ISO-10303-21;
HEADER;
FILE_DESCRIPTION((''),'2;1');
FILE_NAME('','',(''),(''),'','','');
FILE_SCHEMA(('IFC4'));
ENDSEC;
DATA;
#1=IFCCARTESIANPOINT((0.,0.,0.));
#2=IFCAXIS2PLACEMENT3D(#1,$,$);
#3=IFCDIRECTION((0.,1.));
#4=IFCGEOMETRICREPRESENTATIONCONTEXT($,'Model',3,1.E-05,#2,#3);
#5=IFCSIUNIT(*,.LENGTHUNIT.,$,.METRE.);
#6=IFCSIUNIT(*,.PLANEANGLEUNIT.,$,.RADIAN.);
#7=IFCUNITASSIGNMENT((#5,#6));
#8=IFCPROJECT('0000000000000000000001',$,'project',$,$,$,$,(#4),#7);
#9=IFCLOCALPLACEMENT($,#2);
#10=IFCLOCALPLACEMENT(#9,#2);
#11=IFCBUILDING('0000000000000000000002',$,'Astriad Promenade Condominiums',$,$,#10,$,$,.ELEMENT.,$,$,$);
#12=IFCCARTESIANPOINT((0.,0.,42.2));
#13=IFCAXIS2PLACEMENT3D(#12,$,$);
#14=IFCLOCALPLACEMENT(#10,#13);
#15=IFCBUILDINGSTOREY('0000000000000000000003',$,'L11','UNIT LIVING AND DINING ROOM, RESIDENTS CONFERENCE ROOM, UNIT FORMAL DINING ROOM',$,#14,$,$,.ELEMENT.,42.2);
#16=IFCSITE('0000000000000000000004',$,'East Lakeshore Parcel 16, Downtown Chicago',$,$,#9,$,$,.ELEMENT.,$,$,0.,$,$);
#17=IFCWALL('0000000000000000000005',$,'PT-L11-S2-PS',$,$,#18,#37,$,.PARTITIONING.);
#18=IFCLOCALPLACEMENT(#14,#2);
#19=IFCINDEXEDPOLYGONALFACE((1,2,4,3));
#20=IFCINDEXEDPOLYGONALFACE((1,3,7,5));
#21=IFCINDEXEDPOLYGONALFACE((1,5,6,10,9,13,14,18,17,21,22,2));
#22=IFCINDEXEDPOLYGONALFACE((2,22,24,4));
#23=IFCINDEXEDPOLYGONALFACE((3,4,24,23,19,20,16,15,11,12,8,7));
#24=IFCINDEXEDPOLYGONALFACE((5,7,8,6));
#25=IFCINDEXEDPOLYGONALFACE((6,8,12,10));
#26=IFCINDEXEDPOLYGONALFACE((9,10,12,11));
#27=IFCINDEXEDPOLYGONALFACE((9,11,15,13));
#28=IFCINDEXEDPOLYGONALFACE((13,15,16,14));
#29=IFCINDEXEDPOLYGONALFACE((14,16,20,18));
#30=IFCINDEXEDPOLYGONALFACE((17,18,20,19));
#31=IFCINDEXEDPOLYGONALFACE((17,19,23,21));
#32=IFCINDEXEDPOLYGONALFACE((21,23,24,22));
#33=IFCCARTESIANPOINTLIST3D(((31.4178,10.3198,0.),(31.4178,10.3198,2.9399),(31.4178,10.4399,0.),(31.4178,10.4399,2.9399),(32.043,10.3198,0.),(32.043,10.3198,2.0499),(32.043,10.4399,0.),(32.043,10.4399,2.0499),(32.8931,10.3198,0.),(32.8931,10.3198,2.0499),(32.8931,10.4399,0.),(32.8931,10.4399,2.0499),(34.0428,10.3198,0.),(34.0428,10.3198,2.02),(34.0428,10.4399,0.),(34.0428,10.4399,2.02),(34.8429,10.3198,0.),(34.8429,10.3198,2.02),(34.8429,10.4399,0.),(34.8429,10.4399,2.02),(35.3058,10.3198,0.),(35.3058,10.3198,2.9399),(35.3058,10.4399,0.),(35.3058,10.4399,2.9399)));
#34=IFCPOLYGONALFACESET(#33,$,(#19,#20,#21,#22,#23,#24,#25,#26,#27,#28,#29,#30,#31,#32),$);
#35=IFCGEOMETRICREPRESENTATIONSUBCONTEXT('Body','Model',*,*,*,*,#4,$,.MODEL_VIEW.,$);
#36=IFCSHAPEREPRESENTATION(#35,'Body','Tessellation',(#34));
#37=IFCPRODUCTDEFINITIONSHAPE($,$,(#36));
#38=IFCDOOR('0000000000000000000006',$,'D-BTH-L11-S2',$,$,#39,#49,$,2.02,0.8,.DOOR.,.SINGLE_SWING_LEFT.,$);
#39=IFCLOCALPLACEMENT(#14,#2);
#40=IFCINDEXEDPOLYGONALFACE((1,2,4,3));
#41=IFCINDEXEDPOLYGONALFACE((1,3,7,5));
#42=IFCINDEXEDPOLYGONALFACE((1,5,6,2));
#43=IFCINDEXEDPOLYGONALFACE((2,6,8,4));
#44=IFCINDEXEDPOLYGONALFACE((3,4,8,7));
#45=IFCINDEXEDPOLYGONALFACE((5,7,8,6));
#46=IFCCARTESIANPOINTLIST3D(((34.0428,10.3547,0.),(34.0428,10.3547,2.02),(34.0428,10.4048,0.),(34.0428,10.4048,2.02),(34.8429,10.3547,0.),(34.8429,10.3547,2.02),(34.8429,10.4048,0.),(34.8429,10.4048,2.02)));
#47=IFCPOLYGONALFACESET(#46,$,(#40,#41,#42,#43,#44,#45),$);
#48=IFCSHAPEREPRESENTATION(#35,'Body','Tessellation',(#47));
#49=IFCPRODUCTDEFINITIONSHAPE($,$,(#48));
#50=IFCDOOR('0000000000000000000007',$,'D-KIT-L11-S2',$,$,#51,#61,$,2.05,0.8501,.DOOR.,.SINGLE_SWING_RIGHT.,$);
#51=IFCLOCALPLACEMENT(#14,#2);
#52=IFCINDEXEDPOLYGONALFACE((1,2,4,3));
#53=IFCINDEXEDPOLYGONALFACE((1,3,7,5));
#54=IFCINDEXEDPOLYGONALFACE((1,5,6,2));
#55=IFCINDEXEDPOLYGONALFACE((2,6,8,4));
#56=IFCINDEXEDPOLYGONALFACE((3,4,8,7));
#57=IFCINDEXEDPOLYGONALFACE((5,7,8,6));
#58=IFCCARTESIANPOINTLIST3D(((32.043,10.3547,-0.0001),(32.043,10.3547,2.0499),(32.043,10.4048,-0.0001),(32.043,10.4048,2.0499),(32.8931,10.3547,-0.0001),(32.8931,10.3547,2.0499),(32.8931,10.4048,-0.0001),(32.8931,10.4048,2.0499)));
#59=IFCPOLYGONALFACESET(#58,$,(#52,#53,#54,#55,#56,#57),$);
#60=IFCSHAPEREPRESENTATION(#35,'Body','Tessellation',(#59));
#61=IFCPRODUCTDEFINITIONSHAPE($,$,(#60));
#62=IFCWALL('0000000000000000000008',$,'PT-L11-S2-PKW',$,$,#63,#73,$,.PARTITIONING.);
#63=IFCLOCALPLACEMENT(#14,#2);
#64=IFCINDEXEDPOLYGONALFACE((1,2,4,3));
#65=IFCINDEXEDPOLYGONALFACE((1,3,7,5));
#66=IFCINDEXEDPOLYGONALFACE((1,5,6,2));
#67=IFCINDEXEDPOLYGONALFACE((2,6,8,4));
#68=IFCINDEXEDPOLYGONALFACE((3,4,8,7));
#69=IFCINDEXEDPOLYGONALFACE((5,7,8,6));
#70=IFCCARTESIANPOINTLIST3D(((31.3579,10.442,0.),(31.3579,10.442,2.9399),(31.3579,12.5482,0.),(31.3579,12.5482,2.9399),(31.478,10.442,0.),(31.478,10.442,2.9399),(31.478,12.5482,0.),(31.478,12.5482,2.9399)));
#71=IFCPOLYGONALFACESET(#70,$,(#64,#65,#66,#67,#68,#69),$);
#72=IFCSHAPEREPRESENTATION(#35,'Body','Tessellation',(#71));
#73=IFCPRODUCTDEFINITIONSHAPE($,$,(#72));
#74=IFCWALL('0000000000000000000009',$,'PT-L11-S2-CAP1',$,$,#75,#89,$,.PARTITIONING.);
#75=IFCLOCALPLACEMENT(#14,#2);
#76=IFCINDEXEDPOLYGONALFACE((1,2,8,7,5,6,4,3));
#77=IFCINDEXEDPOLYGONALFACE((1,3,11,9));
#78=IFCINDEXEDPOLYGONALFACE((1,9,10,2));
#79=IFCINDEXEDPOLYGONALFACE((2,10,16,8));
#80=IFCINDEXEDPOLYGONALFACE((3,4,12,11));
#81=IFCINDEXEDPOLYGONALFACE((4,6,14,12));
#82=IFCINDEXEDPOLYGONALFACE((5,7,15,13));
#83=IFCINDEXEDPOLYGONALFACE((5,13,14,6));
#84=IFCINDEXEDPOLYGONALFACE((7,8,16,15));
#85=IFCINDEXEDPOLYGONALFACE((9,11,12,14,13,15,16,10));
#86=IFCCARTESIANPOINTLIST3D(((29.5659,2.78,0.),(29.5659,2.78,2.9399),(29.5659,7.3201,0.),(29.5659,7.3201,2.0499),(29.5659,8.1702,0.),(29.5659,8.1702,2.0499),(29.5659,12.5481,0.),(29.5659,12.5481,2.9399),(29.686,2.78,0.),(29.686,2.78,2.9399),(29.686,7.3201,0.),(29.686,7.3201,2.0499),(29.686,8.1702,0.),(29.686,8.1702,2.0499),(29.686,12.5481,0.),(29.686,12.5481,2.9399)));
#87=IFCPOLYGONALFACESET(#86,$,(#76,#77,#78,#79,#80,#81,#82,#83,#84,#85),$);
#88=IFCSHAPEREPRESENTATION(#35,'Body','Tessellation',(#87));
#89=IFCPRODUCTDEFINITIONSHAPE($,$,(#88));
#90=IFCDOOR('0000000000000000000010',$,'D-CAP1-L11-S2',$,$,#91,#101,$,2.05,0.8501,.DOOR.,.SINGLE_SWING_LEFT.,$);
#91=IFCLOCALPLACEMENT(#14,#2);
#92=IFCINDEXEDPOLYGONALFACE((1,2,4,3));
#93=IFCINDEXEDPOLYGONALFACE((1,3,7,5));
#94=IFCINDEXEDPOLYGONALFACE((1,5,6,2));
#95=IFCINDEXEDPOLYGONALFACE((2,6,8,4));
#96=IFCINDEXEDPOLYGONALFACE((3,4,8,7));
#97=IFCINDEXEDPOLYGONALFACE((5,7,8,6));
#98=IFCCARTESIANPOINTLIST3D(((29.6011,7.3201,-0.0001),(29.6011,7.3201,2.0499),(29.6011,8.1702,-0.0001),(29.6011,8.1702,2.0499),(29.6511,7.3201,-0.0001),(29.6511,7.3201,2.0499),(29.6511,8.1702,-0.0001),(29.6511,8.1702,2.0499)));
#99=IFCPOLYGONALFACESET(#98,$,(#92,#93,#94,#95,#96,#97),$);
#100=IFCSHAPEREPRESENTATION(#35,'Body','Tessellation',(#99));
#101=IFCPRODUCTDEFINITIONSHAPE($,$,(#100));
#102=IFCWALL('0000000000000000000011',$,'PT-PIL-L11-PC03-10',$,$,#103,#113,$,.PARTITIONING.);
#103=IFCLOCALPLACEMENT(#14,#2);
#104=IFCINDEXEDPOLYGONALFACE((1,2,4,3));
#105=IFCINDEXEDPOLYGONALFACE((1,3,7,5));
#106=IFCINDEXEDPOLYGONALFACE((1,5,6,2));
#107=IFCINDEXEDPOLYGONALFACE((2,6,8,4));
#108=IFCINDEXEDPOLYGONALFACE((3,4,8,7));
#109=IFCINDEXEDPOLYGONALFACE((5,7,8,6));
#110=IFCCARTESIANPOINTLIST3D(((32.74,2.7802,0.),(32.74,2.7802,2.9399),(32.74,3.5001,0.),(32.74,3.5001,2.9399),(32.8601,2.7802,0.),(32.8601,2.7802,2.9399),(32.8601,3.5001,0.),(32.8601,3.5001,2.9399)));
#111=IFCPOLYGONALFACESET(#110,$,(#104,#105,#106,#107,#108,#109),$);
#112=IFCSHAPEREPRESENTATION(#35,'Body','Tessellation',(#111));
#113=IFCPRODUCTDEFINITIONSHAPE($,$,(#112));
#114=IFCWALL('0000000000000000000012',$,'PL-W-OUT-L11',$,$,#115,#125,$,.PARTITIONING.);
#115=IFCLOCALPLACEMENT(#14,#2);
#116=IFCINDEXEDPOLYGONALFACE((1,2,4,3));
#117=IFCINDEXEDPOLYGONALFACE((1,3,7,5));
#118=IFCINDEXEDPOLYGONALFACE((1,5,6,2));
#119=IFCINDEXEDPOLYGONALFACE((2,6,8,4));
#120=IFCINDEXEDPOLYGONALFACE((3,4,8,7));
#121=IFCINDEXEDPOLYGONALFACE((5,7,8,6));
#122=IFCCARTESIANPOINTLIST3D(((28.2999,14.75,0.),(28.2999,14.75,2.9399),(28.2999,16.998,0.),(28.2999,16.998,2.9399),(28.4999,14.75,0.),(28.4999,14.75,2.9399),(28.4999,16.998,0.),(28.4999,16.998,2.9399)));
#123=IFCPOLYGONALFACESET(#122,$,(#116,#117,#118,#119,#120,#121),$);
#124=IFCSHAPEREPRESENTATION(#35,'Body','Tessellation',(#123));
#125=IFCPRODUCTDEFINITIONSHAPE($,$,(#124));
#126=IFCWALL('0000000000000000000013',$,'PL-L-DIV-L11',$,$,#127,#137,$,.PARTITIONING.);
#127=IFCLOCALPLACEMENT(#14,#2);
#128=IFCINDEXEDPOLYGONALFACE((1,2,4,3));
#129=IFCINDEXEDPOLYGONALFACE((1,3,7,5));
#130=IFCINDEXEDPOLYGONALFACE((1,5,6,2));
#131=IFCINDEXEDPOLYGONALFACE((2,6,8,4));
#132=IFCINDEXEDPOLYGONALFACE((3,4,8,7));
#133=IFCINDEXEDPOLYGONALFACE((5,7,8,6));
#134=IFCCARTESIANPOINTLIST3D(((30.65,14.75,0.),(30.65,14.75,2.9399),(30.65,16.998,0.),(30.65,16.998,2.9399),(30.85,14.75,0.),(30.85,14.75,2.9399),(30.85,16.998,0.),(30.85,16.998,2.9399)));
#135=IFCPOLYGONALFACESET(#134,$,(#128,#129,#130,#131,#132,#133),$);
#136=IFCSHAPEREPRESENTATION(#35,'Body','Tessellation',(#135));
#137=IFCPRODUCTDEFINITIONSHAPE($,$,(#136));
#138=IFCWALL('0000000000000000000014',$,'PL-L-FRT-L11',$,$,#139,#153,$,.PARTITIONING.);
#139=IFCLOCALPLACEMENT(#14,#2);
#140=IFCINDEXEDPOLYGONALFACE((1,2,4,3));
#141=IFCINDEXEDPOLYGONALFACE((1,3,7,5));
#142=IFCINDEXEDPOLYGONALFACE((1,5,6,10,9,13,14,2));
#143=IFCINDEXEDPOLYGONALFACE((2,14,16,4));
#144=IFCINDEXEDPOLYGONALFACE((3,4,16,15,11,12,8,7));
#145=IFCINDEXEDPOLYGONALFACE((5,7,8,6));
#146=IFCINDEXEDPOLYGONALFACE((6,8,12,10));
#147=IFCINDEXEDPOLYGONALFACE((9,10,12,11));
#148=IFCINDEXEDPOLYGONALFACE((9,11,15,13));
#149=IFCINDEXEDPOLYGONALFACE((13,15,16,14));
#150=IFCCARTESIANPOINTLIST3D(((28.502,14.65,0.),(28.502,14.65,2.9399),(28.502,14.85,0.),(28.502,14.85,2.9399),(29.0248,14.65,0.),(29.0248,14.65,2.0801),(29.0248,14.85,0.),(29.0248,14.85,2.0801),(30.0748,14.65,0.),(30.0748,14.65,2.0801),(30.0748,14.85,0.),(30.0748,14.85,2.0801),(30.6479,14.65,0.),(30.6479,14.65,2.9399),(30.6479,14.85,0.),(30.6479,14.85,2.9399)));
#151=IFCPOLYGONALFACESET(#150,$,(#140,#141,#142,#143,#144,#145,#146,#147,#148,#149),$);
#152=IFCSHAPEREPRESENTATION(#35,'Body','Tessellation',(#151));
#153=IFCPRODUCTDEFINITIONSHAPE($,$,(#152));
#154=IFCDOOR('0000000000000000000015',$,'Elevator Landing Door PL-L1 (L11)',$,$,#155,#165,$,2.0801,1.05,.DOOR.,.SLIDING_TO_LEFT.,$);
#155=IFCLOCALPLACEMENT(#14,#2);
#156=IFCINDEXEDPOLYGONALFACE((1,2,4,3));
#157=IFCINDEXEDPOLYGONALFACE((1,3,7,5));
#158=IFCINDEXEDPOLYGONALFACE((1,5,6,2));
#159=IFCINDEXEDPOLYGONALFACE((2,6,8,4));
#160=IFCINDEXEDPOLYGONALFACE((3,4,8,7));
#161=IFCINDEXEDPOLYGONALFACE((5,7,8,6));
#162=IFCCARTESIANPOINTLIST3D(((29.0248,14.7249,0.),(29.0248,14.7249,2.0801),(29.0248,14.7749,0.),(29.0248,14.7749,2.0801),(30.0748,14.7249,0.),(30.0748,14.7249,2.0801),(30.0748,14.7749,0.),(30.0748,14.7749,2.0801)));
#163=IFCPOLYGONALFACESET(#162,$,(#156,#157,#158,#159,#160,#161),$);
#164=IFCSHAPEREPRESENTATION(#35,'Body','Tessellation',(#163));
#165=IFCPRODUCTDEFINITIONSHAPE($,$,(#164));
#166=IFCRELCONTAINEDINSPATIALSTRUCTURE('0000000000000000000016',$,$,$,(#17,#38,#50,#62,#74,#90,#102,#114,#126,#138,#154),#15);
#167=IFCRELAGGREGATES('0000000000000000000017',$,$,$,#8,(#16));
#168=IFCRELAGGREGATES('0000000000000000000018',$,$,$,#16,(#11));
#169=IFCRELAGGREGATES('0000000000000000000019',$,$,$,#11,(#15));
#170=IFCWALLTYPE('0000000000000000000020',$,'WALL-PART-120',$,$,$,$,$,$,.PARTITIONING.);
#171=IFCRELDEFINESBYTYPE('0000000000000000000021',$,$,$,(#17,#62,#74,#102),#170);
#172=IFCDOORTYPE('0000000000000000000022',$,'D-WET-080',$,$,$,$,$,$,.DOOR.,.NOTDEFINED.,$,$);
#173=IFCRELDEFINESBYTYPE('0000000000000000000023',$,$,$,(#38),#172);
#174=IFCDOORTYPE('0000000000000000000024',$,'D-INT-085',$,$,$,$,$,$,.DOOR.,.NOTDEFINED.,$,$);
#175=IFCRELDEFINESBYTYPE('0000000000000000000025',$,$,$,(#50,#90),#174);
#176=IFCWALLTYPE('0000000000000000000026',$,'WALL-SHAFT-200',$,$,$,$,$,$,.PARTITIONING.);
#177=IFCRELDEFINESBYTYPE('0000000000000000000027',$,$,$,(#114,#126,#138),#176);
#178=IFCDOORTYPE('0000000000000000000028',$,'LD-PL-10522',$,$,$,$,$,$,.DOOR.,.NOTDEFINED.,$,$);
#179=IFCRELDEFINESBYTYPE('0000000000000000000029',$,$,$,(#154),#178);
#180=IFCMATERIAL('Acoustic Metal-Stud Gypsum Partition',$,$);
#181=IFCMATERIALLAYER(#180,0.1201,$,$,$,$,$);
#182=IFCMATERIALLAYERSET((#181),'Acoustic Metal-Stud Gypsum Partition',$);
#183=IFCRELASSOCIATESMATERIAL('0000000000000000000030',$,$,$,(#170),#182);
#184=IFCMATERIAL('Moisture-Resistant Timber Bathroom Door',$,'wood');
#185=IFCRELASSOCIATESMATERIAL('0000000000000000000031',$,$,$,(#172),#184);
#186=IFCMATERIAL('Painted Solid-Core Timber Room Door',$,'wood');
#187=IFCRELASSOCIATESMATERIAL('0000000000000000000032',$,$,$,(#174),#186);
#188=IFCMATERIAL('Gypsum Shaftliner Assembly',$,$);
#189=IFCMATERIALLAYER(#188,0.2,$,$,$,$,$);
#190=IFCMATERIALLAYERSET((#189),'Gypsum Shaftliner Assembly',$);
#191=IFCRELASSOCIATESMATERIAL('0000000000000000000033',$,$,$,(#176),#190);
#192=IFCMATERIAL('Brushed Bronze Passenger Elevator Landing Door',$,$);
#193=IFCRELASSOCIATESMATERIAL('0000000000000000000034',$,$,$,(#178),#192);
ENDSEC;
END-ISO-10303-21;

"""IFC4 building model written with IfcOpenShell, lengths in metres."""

from ifc_helpers import new_model, si_unit, direction, frame, frame_2d, origin, place, context, subcontext, project, spatial, rectangle, extrude, source, transform, mapped, material, layer, layer_set, type_object, type_shapes, element, fill, save


model = new_model("IFC4")

# Units and contexts
model_context = context("Model", 3, precision=1e-05, world=origin(), true_north=direction((0.0, 1.0)))
body_context = subcontext(model_context, "Body", "Model", "MODEL_VIEW")
ifc_project = project(units=[si_unit("LENGTHUNIT", "METRE"), si_unit("PLANEANGLEUNIT", "RADIAN")], contexts=[model_context])

# Site, building, storey
site_placement = place(None, origin())
site = spatial("IfcSite", under=ifc_project, at=site_placement, Name="East Lakeshore Parcel 16, Downtown Chicago", CompositionType="ELEMENT", RefElevation=0.0)
building_placement = place(site_placement, origin())
building = spatial("IfcBuilding", under=site, at=building_placement, Name="Astriad Promenade Condominiums", CompositionType="ELEMENT")
storey_placement = place(building_placement, frame((0.0, 0.0, 42.2)))
storey = spatial("IfcBuildingStorey", under=building, at=storey_placement, Name="L11", Description="UNIT LIVING AND DINING ROOM, RESIDENTS CONFERENCE ROOM, UNIT FORMAL DINING ROOM", CompositionType="ELEMENT", Elevation=42.2)

# Wall, openings, doors
ifc_material_1 = material(Name="Acoustic Metal-Stud Gypsum Partition")
ifc_layer_1 = layer(ifc_material_1, 0.1201)
ifc_layer_set_1 = layer_set([ifc_layer_1], Name="Acoustic Metal-Stud Gypsum Partition")
wall_type_1 = type_object("IfcWallType", Name="WALL-PART-120", PredefinedType="PARTITIONING", material=ifc_layer_set_1)
wall_1_placement = place(storey_placement, frame((31.418, 10.3799, 0.0), z_axis=(0.0, 0.0, 1.0), x_axis=(1.0, 0.0, 0.0)))
wall_1 = element("IfcWall", 1, at=wall_1_placement, inside=storey, type_object=wall_type_1, Name="PT-L11-S2-PS", PredefinedType="PARTITIONING", context=body_context, shape_type="SweptSolid", body=[
    extrude(rectangle(XDim=3.8879, YDim=0.1201, at=frame_2d((1.9438, 0.0))), origin(), (0.0, 0.0, 1.0), 2.9399),
])
opening_1_placement = place(wall_1_placement, frame((0.625, 0.0, 0.0)))
opening_1 = element("IfcOpeningElement", 2, at=opening_1_placement, cuts=wall_1, PredefinedType="OPENING", context=body_context, shape_type="SweptSolid", body=[
    extrude(rectangle(XDim=0.8501, YDim=2.05, at=frame_2d((0.425, 1.0249))), frame((0.0, 0.0701, 0.0), z_axis=(0.0, -1.0, 0.0), x_axis=(1.0, 0.0, 0.0)), (0.0, 0.0, 1.0), 0.1401),
])
opening_2_placement = place(wall_1_placement, frame((2.625, 0.0, 0.0)))
opening_2 = element("IfcOpeningElement", 3, at=opening_2_placement, cuts=wall_1, PredefinedType="OPENING", context=body_context, shape_type="SweptSolid", body=[
    extrude(rectangle(XDim=0.8, YDim=2.02, at=frame_2d((0.3999, 1.01))), frame((0.0, 0.0701, 0.0), z_axis=(0.0, -1.0, 0.0), x_axis=(1.0, 0.0, 0.0)), (0.0, 0.0, 1.0), 0.1401),
])
ifc_material_2 = material(Name="Moisture-Resistant Timber Bathroom Door", Category="wood")
door_type_1 = type_object("IfcDoorType", Name="D-WET-080", OperationType="NOTDEFINED", PredefinedType="DOOR", material=ifc_material_2)
shared_shape_1 = source(origin(), body_context, "Body", "SweptSolid", [
    extrude(rectangle(XDim=0.8, YDim=2.02, at=frame_2d((0.3999, 1.01))), frame((0.0, 0.0249, 0.0), z_axis=(0.0, -1.0, 0.0), x_axis=(1.0, 0.0, 0.0)), (0.0, 0.0, 1.0), 0.05),
])
type_shapes(door_type_1, [shared_shape_1])
door_1_placement = place(opening_2_placement, origin())
door_1 = element("IfcDoor", 4, at=door_1_placement, inside=storey, type_object=door_type_1, Name="D-BTH-L11-S2", OperationType="SINGLE_SWING_LEFT", OverallHeight=2.02, OverallWidth=0.8, PredefinedType="DOOR", context=body_context, shape_type="MappedRepresentation", body=[
    mapped(shared_shape_1, transform((0.0, 0.0, 0.0), scale=1.0)),
])
fill(opening_2, door_1)
ifc_material_3 = material(Name="Painted Solid-Core Timber Room Door", Category="wood")
door_type_2 = type_object("IfcDoorType", Name="D-INT-085", OperationType="NOTDEFINED", PredefinedType="DOOR", material=ifc_material_3)
shared_shape_2 = source(origin(), body_context, "Body", "SweptSolid", [
    extrude(rectangle(XDim=0.8501, YDim=2.05, at=frame_2d((0.425, 1.0249))), frame((0.0, 0.0249, 0.0), z_axis=(0.0, -1.0, 0.0), x_axis=(1.0, 0.0, 0.0)), (0.0, 0.0, 1.0), 0.05),
])
type_shapes(door_type_2, [shared_shape_2])
door_2_placement = place(opening_1_placement, origin())
door_2 = element("IfcDoor", 5, at=door_2_placement, inside=storey, type_object=door_type_2, Name="D-KIT-L11-S2", OperationType="SINGLE_SWING_RIGHT", OverallHeight=2.05, OverallWidth=0.8501, PredefinedType="DOOR", context=body_context, shape_type="MappedRepresentation", body=[
    mapped(shared_shape_2, transform((0.0, 0.0, 0.0), scale=1.0)),
])
fill(opening_1, door_2)

# Wall
wall_2_placement = place(storey_placement, frame((31.418, 10.4419, 0.0), z_axis=(0.0, 0.0, 1.0), x_axis=(0.0, 1.0, 0.0)))
element("IfcWall", 6, at=wall_2_placement, inside=storey, type_object=wall_type_1, Name="PT-L11-S2-PKW", PredefinedType="PARTITIONING", context=body_context, shape_type="SweptSolid", body=[
    extrude(rectangle(XDim=2.1062, YDim=0.1201, at=frame_2d((1.0532, 0.0))), origin(), (0.0, 0.0, 1.0), 2.9399),
])

# Wall, opening, door
wall_3_placement = place(storey_placement, frame((29.626, 2.78, 0.0), z_axis=(0.0, 0.0, 1.0), x_axis=(0.0, 1.0, 0.0)))
wall_3 = element("IfcWall", 7, at=wall_3_placement, inside=storey, type_object=wall_type_1, Name="PT-L11-S2-CAP1", PredefinedType="PARTITIONING", context=body_context, shape_type="SweptSolid", body=[
    extrude(rectangle(XDim=9.7681, YDim=0.1201, at=frame_2d((4.884, 0.0))), origin(), (0.0, 0.0, 1.0), 2.9399),
])
opening_3_placement = place(wall_3_placement, frame((4.54, 0.0, 0.0)))
opening_3 = element("IfcOpeningElement", 8, at=opening_3_placement, cuts=wall_3, PredefinedType="OPENING", context=body_context, shape_type="SweptSolid", body=[
    extrude(rectangle(XDim=0.8501, YDim=2.05, at=frame_2d((0.425, 1.0249))), frame((0.0, 0.0701, 0.0), z_axis=(0.0, -1.0, 0.0), x_axis=(1.0, 0.0, 0.0)), (0.0, 0.0, 1.0), 0.1401),
])
door_3_placement = place(opening_3_placement, origin())
door_3 = element("IfcDoor", 9, at=door_3_placement, inside=storey, type_object=door_type_2, Name="D-CAP1-L11-S2", OperationType="SINGLE_SWING_LEFT", OverallHeight=2.05, OverallWidth=0.8501, PredefinedType="DOOR", context=body_context, shape_type="MappedRepresentation", body=[
    mapped(shared_shape_2, transform((0.0, 0.0, 0.0), scale=1.0)),
])
fill(opening_3, door_3)

# Walls
wall_4_placement = place(storey_placement, frame((32.8, 3.5, 0.0), z_axis=(0.0, 0.0, 1.0), x_axis=(0.0, -1.0, 0.0)))
element("IfcWall", 10, at=wall_4_placement, inside=storey, type_object=wall_type_1, Name="PT-PIL-L11-PC03-10", PredefinedType="PARTITIONING", context=body_context, shape_type="SweptSolid", body=[
    extrude(rectangle(XDim=0.72, YDim=0.1201, at=frame_2d((0.3599, 0.0))), origin(), (0.0, 0.0, 1.0), 2.9399),
])
ifc_material_4 = material(Name="Gypsum Shaftliner Assembly")
ifc_layer_2 = layer(ifc_material_4, 0.2)
ifc_layer_set_2 = layer_set([ifc_layer_2], Name="Gypsum Shaftliner Assembly")
wall_type_2 = type_object("IfcWallType", Name="WALL-SHAFT-200", PredefinedType="PARTITIONING", material=ifc_layer_set_2)
for number, where, z_axis, x_axis, name in (
    (11, (28.3999, 14.75, 0.0), (0.0, 0.0, 1.0), (0.0, 1.0, 0.0), "PL-W-OUT-L11"),
    (12, (30.75, 14.75, 0.0), (0.0, 0.0, 1.0), (0.0, 1.0, 0.0), "PL-L-DIV-L11"),
):
    element("IfcWall", number, at=place(storey_placement, frame(where, z_axis=z_axis, x_axis=x_axis)), inside=storey, type_object=wall_type_2, Name=name, PredefinedType="PARTITIONING", context=body_context, shape_type="SweptSolid", body=[
        extrude(rectangle(XDim=2.248, YDim=0.2, at=frame_2d((1.124, 0.0))), origin(), (0.0, 0.0, 1.0), 2.9399),
    ])

# Wall, opening, door
wall_5_placement = place(storey_placement, frame((28.502, 14.75, 0.0), z_axis=(0.0, 0.0, 1.0), x_axis=(1.0, 0.0, 0.0)))
wall_5 = element("IfcWall", 13, at=wall_5_placement, inside=storey, type_object=wall_type_2, Name="PL-L-FRT-L11", PredefinedType="PARTITIONING", context=body_context, shape_type="SweptSolid", body=[
    extrude(rectangle(XDim=2.146, YDim=0.2, at=frame_2d((1.073, 0.0))), origin(), (0.0, 0.0, 1.0), 2.9399),
])
opening_4_placement = place(wall_5_placement, frame((0.5229, 0.0, 0.0)))
opening_4 = element("IfcOpeningElement", 14, at=opening_4_placement, cuts=wall_5, PredefinedType="OPENING", context=body_context, shape_type="SweptSolid", body=[
    extrude(rectangle(XDim=1.05, YDim=2.0801, at=frame_2d((0.5249, 1.04))), frame((0.0, 0.1099, 0.0), z_axis=(0.0, -1.0, 0.0), x_axis=(1.0, 0.0, 0.0)), (0.0, 0.0, 1.0), 0.22),
])
ifc_material_5 = material(Name="Brushed Bronze Passenger Elevator Landing Door")
door_type_3 = type_object("IfcDoorType", Name="LD-PL-10522", OperationType="NOTDEFINED", PredefinedType="DOOR", material=ifc_material_5)
shared_shape_3 = source(origin(), body_context, "Body", "SweptSolid", [
    extrude(rectangle(XDim=1.05, YDim=2.0801, at=frame_2d((0.5249, 1.04))), frame((0.0, 0.0249, 0.0), z_axis=(0.0, -1.0, 0.0), x_axis=(1.0, 0.0, 0.0)), (0.0, 0.0, 1.0), 0.05),
])
type_shapes(door_type_3, [shared_shape_3])
door_4_placement = place(opening_4_placement, origin())
door_4 = element("IfcDoor", 15, at=door_4_placement, inside=storey, type_object=door_type_3, Name="Elevator Landing Door PL-L1 (L11)", OperationType="SLIDING_TO_LEFT", OverallHeight=2.0801, OverallWidth=1.05, PredefinedType="DOOR", context=body_context, shape_type="MappedRepresentation", body=[
    mapped(shared_shape_3, transform((0.0, 0.0, 0.0), scale=1.0)),
])
fill(opening_4, door_4)

save(model, "model.ifc")
